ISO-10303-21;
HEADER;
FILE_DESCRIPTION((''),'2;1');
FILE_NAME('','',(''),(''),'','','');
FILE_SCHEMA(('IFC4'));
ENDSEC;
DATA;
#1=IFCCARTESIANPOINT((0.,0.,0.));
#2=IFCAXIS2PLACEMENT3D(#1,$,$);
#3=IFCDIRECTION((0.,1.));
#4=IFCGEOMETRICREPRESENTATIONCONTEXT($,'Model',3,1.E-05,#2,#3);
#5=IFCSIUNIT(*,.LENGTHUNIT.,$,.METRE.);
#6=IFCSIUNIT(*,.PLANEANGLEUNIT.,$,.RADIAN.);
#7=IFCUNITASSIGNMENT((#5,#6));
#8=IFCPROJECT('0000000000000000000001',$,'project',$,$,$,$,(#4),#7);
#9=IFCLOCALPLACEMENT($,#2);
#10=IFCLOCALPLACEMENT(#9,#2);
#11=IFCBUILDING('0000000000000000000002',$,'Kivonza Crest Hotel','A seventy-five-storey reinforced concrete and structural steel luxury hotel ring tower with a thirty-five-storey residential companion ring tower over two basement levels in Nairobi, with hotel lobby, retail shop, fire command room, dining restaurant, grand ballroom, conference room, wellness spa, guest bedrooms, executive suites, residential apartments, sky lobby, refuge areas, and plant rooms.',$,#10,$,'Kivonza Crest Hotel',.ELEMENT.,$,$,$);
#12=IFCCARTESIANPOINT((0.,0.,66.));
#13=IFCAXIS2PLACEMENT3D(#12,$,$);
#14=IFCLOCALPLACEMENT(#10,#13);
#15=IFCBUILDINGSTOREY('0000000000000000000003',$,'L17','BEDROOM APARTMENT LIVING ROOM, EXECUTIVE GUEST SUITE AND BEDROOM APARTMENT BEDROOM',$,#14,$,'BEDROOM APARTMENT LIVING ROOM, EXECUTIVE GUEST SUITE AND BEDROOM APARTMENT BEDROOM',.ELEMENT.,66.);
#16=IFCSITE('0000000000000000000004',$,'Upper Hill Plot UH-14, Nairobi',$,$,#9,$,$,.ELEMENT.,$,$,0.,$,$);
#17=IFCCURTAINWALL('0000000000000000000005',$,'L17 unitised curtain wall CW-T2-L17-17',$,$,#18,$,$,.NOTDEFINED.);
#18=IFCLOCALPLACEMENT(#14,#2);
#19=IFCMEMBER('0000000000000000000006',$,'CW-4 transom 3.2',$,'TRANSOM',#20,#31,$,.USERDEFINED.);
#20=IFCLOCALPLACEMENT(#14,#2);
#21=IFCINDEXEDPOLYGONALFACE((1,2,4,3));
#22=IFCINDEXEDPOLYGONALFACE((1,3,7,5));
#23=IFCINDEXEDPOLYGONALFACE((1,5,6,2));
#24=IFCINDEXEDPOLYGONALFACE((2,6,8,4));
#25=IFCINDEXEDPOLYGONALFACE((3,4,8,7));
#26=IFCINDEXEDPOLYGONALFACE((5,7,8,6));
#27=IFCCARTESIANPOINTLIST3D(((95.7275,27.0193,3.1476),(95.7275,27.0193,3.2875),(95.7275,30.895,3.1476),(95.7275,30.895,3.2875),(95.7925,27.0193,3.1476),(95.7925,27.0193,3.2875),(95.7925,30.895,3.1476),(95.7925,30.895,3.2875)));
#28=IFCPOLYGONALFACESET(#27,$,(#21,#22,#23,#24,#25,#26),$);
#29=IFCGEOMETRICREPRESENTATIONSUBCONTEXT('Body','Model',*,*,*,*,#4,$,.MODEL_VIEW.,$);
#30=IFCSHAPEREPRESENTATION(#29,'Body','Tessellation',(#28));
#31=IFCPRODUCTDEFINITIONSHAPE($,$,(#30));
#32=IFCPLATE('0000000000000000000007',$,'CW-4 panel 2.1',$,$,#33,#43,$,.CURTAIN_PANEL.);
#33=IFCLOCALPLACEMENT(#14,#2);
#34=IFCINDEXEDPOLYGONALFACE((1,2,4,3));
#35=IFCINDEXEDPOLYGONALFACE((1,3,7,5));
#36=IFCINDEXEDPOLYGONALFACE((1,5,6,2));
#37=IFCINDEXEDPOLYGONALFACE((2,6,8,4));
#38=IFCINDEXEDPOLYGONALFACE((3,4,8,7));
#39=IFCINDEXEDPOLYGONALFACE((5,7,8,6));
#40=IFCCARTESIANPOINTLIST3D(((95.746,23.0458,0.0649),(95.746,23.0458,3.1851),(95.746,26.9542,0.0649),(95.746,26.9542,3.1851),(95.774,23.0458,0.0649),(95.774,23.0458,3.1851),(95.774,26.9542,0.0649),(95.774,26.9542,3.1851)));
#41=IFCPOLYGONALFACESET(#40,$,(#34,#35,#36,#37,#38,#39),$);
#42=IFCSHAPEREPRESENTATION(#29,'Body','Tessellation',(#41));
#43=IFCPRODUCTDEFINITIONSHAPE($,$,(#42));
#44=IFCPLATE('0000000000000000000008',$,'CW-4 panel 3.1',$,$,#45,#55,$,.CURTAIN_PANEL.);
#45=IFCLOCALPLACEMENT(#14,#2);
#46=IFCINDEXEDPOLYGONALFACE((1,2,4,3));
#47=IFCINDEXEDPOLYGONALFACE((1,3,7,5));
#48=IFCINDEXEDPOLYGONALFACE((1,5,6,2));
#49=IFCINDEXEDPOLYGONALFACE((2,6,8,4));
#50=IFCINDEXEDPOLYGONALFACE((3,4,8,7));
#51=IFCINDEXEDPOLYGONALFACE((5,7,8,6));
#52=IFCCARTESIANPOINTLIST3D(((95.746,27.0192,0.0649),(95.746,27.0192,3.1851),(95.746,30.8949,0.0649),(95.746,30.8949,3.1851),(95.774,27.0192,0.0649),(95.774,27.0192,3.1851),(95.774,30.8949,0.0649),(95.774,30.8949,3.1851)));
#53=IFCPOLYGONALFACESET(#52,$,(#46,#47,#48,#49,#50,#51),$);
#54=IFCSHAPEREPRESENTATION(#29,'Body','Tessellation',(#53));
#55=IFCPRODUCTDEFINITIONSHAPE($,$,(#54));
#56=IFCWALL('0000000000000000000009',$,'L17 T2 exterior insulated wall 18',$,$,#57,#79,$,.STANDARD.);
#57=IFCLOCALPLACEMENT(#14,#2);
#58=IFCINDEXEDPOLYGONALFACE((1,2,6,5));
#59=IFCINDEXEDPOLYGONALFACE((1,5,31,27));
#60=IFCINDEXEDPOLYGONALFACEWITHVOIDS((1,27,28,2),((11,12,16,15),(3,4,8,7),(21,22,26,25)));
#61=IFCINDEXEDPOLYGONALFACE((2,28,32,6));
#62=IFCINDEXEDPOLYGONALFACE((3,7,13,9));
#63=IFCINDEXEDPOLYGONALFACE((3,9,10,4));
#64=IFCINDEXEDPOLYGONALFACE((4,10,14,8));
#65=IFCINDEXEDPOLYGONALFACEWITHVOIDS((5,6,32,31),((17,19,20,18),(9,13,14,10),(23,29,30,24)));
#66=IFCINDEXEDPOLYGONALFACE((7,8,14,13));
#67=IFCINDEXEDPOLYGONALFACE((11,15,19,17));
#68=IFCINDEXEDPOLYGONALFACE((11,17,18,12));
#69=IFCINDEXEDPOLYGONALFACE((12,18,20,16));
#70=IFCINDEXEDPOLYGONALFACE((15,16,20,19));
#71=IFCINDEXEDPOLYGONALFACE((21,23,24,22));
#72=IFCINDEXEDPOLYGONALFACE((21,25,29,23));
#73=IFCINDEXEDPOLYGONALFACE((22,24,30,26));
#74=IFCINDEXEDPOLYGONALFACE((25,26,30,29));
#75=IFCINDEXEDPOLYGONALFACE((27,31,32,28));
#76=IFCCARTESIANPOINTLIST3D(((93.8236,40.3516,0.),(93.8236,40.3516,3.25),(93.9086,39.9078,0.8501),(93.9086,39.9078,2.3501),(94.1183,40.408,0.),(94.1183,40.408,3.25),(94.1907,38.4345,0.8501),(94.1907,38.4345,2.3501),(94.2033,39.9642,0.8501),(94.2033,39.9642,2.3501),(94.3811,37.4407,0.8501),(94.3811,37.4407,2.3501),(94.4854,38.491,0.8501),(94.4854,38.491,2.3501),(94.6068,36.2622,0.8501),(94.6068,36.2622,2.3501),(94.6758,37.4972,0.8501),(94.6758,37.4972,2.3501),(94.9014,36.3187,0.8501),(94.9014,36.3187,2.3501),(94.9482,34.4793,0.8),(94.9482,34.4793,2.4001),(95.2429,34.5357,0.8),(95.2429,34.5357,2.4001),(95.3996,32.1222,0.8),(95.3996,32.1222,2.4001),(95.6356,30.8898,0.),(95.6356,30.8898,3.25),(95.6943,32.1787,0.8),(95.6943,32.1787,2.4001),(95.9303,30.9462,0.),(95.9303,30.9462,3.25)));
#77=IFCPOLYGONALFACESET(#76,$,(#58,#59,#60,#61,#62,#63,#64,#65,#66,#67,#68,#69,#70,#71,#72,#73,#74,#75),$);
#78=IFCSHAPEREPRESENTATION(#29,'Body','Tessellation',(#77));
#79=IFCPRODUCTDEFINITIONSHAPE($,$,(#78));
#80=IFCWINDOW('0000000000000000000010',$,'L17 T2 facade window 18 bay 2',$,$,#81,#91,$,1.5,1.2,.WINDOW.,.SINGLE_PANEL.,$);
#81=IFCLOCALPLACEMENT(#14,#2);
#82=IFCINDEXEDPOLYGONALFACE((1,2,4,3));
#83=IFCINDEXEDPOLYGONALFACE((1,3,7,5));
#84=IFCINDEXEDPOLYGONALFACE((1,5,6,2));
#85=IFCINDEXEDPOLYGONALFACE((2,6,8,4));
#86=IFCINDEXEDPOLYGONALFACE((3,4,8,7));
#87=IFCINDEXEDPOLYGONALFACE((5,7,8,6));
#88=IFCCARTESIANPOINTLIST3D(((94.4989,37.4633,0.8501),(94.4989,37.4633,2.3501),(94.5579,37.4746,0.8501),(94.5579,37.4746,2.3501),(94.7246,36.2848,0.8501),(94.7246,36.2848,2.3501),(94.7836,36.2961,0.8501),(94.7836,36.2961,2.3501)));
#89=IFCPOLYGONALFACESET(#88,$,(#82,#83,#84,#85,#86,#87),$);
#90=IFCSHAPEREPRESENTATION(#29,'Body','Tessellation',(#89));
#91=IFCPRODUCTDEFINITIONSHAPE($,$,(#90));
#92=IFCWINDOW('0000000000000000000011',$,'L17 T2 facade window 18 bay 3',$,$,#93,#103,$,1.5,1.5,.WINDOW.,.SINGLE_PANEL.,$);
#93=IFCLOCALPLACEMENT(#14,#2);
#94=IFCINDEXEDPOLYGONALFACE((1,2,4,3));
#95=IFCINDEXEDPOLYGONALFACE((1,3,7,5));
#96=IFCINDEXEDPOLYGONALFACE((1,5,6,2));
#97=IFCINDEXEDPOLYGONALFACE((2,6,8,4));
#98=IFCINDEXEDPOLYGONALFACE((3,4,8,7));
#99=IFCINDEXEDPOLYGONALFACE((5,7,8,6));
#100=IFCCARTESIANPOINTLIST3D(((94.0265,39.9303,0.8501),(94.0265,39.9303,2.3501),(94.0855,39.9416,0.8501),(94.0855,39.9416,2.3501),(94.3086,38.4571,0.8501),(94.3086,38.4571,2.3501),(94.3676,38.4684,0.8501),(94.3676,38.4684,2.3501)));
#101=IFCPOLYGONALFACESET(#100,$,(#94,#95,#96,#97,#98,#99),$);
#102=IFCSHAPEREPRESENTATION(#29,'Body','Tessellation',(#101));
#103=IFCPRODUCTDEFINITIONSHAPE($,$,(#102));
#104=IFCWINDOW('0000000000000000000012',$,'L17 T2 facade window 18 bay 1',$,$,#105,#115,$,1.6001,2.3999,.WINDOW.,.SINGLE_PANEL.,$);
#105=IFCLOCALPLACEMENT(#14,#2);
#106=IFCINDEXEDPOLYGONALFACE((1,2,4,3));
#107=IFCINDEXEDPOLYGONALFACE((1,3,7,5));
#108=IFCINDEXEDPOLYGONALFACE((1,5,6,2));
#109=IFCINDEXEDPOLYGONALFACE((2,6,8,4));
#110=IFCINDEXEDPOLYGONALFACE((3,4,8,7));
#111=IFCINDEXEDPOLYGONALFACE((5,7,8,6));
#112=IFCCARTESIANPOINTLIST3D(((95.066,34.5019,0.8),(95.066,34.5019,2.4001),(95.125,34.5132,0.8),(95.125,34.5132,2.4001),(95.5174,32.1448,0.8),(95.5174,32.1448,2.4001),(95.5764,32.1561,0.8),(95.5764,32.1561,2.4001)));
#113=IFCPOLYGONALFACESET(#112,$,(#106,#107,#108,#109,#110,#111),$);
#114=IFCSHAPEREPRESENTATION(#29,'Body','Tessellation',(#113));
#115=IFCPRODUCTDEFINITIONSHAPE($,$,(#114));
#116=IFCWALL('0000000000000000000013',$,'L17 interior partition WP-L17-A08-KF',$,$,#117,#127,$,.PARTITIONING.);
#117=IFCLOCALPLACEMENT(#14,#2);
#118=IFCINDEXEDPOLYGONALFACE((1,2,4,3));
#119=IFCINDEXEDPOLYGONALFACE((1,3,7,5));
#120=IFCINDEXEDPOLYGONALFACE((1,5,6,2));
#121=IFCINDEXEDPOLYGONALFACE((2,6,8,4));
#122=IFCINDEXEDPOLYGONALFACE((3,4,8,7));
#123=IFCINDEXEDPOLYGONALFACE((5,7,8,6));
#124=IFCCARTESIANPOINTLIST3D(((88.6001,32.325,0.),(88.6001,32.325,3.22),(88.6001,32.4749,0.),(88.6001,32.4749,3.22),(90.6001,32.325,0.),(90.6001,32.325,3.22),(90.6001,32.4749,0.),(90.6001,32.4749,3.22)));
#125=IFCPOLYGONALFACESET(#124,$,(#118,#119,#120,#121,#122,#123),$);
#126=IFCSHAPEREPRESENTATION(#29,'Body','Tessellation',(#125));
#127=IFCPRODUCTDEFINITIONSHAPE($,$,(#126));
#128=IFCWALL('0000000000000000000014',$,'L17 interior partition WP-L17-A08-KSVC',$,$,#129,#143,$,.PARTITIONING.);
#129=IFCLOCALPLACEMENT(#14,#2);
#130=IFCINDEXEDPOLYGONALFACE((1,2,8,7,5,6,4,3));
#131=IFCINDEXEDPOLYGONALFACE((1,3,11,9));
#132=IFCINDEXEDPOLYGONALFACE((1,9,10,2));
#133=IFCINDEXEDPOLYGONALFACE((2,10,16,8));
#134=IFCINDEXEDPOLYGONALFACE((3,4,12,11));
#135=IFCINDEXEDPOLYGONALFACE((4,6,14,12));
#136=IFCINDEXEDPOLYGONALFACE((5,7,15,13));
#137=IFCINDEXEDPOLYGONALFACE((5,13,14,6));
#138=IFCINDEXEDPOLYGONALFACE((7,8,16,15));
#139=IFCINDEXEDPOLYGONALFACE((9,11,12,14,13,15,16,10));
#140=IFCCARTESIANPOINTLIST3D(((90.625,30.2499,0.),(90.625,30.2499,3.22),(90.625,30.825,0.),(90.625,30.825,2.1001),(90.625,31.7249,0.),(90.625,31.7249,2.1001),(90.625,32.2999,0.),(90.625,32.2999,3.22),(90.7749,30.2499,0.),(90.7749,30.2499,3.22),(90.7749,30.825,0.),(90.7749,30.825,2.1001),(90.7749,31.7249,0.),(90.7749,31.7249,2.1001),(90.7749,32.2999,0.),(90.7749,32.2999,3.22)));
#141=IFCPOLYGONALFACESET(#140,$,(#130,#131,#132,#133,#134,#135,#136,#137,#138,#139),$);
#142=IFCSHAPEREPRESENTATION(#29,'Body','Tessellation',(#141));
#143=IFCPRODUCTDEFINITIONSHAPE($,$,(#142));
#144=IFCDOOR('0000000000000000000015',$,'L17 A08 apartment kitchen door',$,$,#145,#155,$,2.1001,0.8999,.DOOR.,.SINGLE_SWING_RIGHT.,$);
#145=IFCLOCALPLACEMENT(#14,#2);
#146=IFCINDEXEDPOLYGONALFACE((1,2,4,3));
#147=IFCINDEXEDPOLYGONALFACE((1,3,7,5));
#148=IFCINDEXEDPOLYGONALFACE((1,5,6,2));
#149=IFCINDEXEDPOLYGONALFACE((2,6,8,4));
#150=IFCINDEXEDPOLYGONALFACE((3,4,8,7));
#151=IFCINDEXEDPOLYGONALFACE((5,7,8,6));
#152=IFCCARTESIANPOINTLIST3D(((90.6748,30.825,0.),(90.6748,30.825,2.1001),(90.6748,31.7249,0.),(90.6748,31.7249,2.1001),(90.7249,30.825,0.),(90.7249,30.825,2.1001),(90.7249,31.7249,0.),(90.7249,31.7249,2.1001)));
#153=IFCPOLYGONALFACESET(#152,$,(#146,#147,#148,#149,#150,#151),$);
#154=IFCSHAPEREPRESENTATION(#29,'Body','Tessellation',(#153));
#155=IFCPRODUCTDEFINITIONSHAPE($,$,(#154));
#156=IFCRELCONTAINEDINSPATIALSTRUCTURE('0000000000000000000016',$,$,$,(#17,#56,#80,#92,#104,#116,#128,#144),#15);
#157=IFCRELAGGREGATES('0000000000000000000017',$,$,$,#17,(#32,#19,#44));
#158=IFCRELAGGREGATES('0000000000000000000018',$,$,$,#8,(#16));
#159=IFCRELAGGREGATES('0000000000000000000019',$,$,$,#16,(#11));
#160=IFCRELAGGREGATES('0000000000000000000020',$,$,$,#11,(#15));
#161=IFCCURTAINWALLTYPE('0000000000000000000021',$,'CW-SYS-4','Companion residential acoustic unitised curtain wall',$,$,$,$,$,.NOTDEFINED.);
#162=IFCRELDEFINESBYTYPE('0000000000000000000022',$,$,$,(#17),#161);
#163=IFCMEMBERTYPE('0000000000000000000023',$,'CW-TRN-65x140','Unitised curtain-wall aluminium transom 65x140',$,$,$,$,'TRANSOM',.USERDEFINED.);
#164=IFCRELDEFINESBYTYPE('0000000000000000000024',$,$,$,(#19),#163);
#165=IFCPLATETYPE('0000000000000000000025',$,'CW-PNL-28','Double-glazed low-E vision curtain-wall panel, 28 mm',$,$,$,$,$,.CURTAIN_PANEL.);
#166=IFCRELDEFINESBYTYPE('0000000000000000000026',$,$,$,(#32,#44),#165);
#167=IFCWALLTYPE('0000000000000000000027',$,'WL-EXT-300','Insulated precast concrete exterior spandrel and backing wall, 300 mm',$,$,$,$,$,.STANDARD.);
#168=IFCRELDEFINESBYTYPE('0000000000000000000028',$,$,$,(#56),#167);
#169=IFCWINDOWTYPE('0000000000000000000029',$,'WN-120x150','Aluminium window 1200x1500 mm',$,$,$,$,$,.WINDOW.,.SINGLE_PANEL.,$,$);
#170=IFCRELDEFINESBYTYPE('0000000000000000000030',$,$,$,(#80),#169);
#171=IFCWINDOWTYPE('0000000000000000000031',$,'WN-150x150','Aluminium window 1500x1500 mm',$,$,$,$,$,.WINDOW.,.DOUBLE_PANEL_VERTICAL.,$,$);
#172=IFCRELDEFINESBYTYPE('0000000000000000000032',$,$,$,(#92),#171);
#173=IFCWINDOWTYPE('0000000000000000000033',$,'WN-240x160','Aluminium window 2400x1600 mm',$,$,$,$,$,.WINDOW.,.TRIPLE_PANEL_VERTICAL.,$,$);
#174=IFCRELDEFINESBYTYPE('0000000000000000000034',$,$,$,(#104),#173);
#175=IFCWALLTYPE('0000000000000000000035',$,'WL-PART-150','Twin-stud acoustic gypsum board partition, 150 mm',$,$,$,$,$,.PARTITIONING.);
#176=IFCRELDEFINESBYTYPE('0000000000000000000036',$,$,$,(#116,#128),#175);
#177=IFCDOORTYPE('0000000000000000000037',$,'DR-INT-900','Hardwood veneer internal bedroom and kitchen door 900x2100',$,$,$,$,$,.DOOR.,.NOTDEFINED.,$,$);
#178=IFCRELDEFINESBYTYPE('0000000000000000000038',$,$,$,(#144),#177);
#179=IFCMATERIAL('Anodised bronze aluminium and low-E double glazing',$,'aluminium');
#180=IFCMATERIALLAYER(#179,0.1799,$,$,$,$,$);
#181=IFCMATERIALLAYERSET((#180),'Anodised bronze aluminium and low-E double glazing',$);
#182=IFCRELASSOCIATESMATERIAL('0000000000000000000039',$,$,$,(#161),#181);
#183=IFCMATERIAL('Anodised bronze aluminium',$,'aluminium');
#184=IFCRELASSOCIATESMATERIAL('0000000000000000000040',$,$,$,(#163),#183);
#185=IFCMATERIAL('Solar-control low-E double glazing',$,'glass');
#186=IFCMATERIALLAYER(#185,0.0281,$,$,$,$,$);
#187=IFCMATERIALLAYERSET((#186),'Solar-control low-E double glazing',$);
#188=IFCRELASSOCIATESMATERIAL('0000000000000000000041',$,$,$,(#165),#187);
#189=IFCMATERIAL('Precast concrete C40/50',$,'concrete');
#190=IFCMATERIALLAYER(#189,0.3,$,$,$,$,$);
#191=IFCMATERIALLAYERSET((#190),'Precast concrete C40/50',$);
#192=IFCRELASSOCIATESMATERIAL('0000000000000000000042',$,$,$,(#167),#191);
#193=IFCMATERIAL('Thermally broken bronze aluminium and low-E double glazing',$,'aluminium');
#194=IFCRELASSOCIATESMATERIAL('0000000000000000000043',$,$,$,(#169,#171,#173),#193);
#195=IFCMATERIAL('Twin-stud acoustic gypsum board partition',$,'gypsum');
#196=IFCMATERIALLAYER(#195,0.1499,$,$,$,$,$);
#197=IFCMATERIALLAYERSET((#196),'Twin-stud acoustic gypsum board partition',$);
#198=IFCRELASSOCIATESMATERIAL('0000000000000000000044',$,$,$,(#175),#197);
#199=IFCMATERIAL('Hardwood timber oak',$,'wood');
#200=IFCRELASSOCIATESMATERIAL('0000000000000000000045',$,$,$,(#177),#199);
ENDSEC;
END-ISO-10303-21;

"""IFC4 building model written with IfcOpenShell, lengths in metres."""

from ifc_helpers import new_model, si_unit, direction, frame, frame_2d, origin, origin_2d, place, context, subcontext, project, spatial, rectangle, extrude, material, layer, layer_set, material_profile, profile_set, type_object, element, fill, aggregate, save


model = new_model("IFC4")

# Units and contexts
model_context = context("Model", 3, precision=1e-05, world=origin(), true_north=direction((0.0, 1.0)))
body_context = subcontext(model_context, "Body", "Model", "MODEL_VIEW")
ifc_project = project(units=[si_unit("LENGTHUNIT", "METRE"), si_unit("PLANEANGLEUNIT", "RADIAN")], contexts=[model_context])

# Site, building, storey
site_placement = place(None, origin())
site = spatial("IfcSite", under=ifc_project, at=site_placement, Name="Upper Hill Plot UH-14, Nairobi", CompositionType="ELEMENT", RefElevation=0.0)
building_placement = place(site_placement, origin())
building = spatial("IfcBuilding", under=site, at=building_placement, Name="Kivonza Crest Hotel", Description="A seventy-five-storey reinforced concrete and structural steel luxury hotel ring tower with a thirty-five-storey residential companion ring tower over two basement levels in Nairobi, with hotel lobby, retail shop, fire command room, dining restaurant, grand ballroom, conference room, wellness spa, guest bedrooms, executive suites, residential apartments, sky lobby, refuge areas, and plant rooms.", LongName="Kivonza Crest Hotel", CompositionType="ELEMENT")
storey_placement = place(building_placement, frame((0.0, 0.0, 66.0)))
storey = spatial("IfcBuildingStorey", under=building, at=storey_placement, Name="L17", Description="BEDROOM APARTMENT LIVING ROOM, EXECUTIVE GUEST SUITE AND BEDROOM APARTMENT BEDROOM", LongName="BEDROOM APARTMENT LIVING ROOM, EXECUTIVE GUEST SUITE AND BEDROOM APARTMENT BEDROOM", CompositionType="ELEMENT", Elevation=66.0)

# Curtain wall, member, plates
ifc_material_1 = material(Name="Anodised bronze aluminium and low-E double glazing", Category="aluminium")
ifc_layer_1 = layer(ifc_material_1, 0.1799)
ifc_layer_set_1 = layer_set([ifc_layer_1], Name="Anodised bronze aluminium and low-E double glazing")
curtain_wall_type = type_object("IfcCurtainWallType", Name="CW-SYS-4", Description="Companion residential acoustic unitised curtain wall", PredefinedType="NOTDEFINED", material=ifc_layer_set_1)
curtain_wall_placement = place(storey_placement, origin())
curtain_wall = element("IfcCurtainWall", 1, at=curtain_wall_placement, inside=storey, type_object=curtain_wall_type, Name="L17 unitised curtain wall CW-T2-L17-17", PredefinedType="NOTDEFINED")
ifc_material_2 = material(Name="Anodised bronze aluminium", Category="aluminium")
ifc_material_profile_1 = material_profile(ifc_material_2, rectangle(XDim=0.0649, YDim=0.1399, at=origin_2d()), Name="CW-T 65x140")
ifc_profile_set_1 = profile_set([ifc_material_profile_1], Name="Anodised bronze aluminium")
member_type_1 = type_object("IfcMemberType", Name="CW-TRN-65x140", Description="Unitised curtain-wall aluminium transom 65x140", ElementType="TRANSOM", PredefinedType="USERDEFINED", material=ifc_profile_set_1)
member_1_placement = place(storey_placement, frame((95.76, 27.0193, 3.2175), z_axis=(0.0, 1.0, 0.0), x_axis=(-1.0, 0.0, 0.0)))
member_1 = element("IfcMember", 2, at=member_1_placement, type_object=member_type_1, Name="CW-4 transom 3.2", ObjectType="TRANSOM", PredefinedType="USERDEFINED", context=body_context, shape_type="SweptSolid", body=[
    extrude(rectangle(XDim=0.0649, YDim=0.1399, at=origin_2d()), origin(), (0.0, 0.0, 1.0), 3.8757),
])
ifc_material_3 = material(Name="Solar-control low-E double glazing", Category="glass")
ifc_layer_2 = layer(ifc_material_3, 0.0281)
ifc_layer_set_2 = layer_set([ifc_layer_2], Name="Solar-control low-E double glazing")
plate_type = type_object("IfcPlateType", Name="CW-PNL-28", Description="Double-glazed low-E vision curtain-wall panel, 28 mm", PredefinedType="CURTAIN_PANEL", material=ifc_layer_set_2)
plate_1_placement = place(storey_placement, frame((95.76, 25.0, 0.0649), z_axis=(0.0, 0.0, 1.0), x_axis=(0.0, 1.0, 0.0)))
plate_1 = element("IfcPlate", 3, at=plate_1_placement, type_object=plate_type, Name="CW-4 panel 2.1", PredefinedType="CURTAIN_PANEL", context=body_context, shape_type="SweptSolid", body=[
    extrude(rectangle(XDim=3.9084, YDim=0.0281, at=origin_2d()), origin(), (0.0, 0.0, 1.0), 3.1201),
])
plate_2_placement = place(storey_placement, frame((95.76, 28.957, 0.0649), z_axis=(0.0, 0.0, 1.0), x_axis=(0.0, 1.0, 0.0)))
plate_2 = element("IfcPlate", 4, at=plate_2_placement, type_object=plate_type, Name="CW-4 panel 3.1", PredefinedType="CURTAIN_PANEL", context=body_context, shape_type="SweptSolid", body=[
    extrude(rectangle(XDim=3.8757, YDim=0.0281, at=origin_2d()), origin(), (0.0, 0.0, 1.0), 3.1201),
])
aggregate(curtain_wall, [plate_1, member_1, plate_2])

# Wall, openings, windows
ifc_material_4 = material(Name="Precast concrete C40/50", Category="concrete")
ifc_layer_3 = layer(ifc_material_4, 0.3)
ifc_layer_set_3 = layer_set([ifc_layer_3], Name="Precast concrete C40/50")
wall_type_1 = type_object("IfcWallType", Name="WL-EXT-300", Description="Insulated precast concrete exterior spandrel and backing wall, 300 mm", PredefinedType="STANDARD", material=ifc_layer_set_3)
wall_1_placement = place(storey_placement, frame((95.783, 30.918, 0.0), z_axis=(0.0, 0.0, 1.0), x_axis=(-0.188088, 0.982152, 0.0)))
wall_1 = element("IfcWall", 5, at=wall_1_placement, inside=storey, type_object=wall_type_1, Name="L17 T2 exterior insulated wall 18", PredefinedType="STANDARD", context=body_context, shape_type="SweptSolid", body=[
    extrude(rectangle(XDim=9.6338, YDim=0.3, at=frame_2d((4.8169, 0.0))), origin(), (0.0, 0.0, 1.0), 3.25),
])
opening_1_placement = place(wall_1_placement, frame((1.2549, 0.0, 0.8)))
opening_1 = element("IfcOpeningElement", 6, at=opening_1_placement, cuts=wall_1, PredefinedType="OPENING", context=body_context, shape_type="SweptSolid", body=[
    extrude(rectangle(XDim=2.3999, YDim=1.6001, at=frame_2d((1.2, 0.8))), frame((0.0, 0.1602, 0.0), z_axis=(0.0, -1.0, 0.0), x_axis=(1.0, 0.0, 0.0)), (0.0, 0.0, 1.0), 0.3201),
])
opening_2_placement = place(wall_1_placement, frame((5.47, 0.0, 0.8501)))
opening_2 = element("IfcOpeningElement", 7, at=opening_2_placement, cuts=wall_1, PredefinedType="OPENING", context=body_context, shape_type="SweptSolid", body=[
    extrude(rectangle(XDim=1.2, YDim=1.5, at=frame_2d((0.6001, 0.75))), frame((0.0, 0.1602, 0.0), z_axis=(0.0, -1.0, 0.0), x_axis=(1.0, 0.0, 0.0)), (0.0, 0.0, 1.0), 0.3201),
])
opening_3_placement = place(wall_1_placement, frame((7.6819, 0.0, 0.8501)))
opening_3 = element("IfcOpeningElement", 8, at=opening_3_placement, cuts=wall_1, PredefinedType="OPENING", context=body_context, shape_type="SweptSolid", body=[
    extrude(rectangle(XDim=1.5, YDim=1.5, at=frame_2d((0.75, 0.75))), frame((0.0, 0.1602, 0.0), z_axis=(0.0, -1.0, 0.0), x_axis=(1.0, 0.0, 0.0)), (0.0, 0.0, 1.0), 0.3201),
])
ifc_material_5 = material(Name="Thermally broken bronze aluminium and low-E double glazing", Category="aluminium")
window_type_1 = type_object("IfcWindowType", Name="WN-120x150", Description="Aluminium window 1200x1500 mm", PartitioningType="SINGLE_PANEL", PredefinedType="WINDOW", material=ifc_material_5)
window_1_placement = place(opening_2_placement, origin())
window_1 = element("IfcWindow", 9, at=window_1_placement, inside=storey, type_object=window_type_1, Name="L17 T2 facade window 18 bay 2", OverallHeight=1.5, OverallWidth=1.2, PartitioningType="SINGLE_PANEL", PredefinedType="WINDOW", context=body_context, shape_type="SweptSolid", body=[
    extrude(rectangle(XDim=1.2, YDim=1.5, at=frame_2d((0.6001, 0.75))), frame((0.0, 0.03, 0.0), z_axis=(0.0, -1.0, 0.0), x_axis=(1.0, 0.0, 0.0)), (0.0, 0.0, 1.0), 0.0601),
])
fill(opening_2, window_1)
window_type_2 = type_object("IfcWindowType", Name="WN-150x150", Description="Aluminium window 1500x1500 mm", PartitioningType="DOUBLE_PANEL_VERTICAL", PredefinedType="WINDOW", material=ifc_material_5)
window_2_placement = place(opening_3_placement, origin())
window_2 = element("IfcWindow", 10, at=window_2_placement, inside=storey, type_object=window_type_2, Name="L17 T2 facade window 18 bay 3", OverallHeight=1.5, OverallWidth=1.5, PartitioningType="SINGLE_PANEL", PredefinedType="WINDOW", context=body_context, shape_type="SweptSolid", body=[
    extrude(rectangle(XDim=1.5, YDim=1.5, at=frame_2d((0.75, 0.75))), frame((0.0, 0.03, 0.0), z_axis=(0.0, -1.0, 0.0), x_axis=(1.0, 0.0, 0.0)), (0.0, 0.0, 1.0), 0.0601),
])
fill(opening_3, window_2)
window_type_3 = type_object("IfcWindowType", Name="WN-240x160", Description="Aluminium window 2400x1600 mm", PartitioningType="TRIPLE_PANEL_VERTICAL", PredefinedType="WINDOW", material=ifc_material_5)
window_3_placement = place(opening_1_placement, origin())
window_3 = element("IfcWindow", 11, at=window_3_placement, inside=storey, type_object=window_type_3, Name="L17 T2 facade window 18 bay 1", OverallHeight=1.6001, OverallWidth=2.3999, PartitioningType="SINGLE_PANEL", PredefinedType="WINDOW", context=body_context, shape_type="SweptSolid", body=[
    extrude(rectangle(XDim=2.3999, YDim=1.6001, at=frame_2d((1.2, 0.8))), frame((0.0, 0.03, 0.0), z_axis=(0.0, -1.0, 0.0), x_axis=(1.0, 0.0, 0.0)), (0.0, 0.0, 1.0), 0.0601),
])
fill(opening_1, window_3)

# Wall
ifc_material_6 = material(Name="Twin-stud acoustic gypsum board partition", Category="gypsum")
ifc_layer_4 = layer(ifc_material_6, 0.1499)
ifc_layer_set_4 = layer_set([ifc_layer_4], Name="Twin-stud acoustic gypsum board partition")
wall_type_2 = type_object("IfcWallType", Name="WL-PART-150", Description="Twin-stud acoustic gypsum board partition, 150 mm", PredefinedType="PARTITIONING", material=ifc_layer_set_4)
wall_2_placement = place(storey_placement, frame((88.6001, 32.3999, 0.0), z_axis=(0.0, 0.0, 1.0), x_axis=(1.0, 0.0, 0.0)))
element("IfcWall", 12, at=wall_2_placement, inside=storey, type_object=wall_type_2, Name="L17 interior partition WP-L17-A08-KF", PredefinedType="PARTITIONING", context=body_context, shape_type="SweptSolid", body=[
    extrude(rectangle(XDim=2.0, YDim=0.1499, at=frame_2d((1.0, 0.0))), origin(), (0.0, 0.0, 1.0), 3.22),
])

# Wall, opening, door
wall_3_placement = place(storey_placement, frame((90.7, 30.25, 0.0), z_axis=(0.0, 0.0, 1.0), x_axis=(0.0, 1.0, 0.0)))
wall_3 = element("IfcWall", 13, at=wall_3_placement, inside=storey, type_object=wall_type_2, Name="L17 interior partition WP-L17-A08-KSVC", PredefinedType="PARTITIONING", context=body_context, shape_type="SweptSolid", body=[
    extrude(rectangle(XDim=2.05, YDim=0.1499, at=frame_2d((1.0249, 0.0))), origin(), (0.0, 0.0, 1.0), 3.22),
])
opening_4_placement = place(wall_3_placement, frame((0.575, 0.0, 0.0)))
opening_4 = element("IfcOpeningElement", 14, at=opening_4_placement, cuts=wall_3, PredefinedType="OPENING", context=body_context, shape_type="SweptSolid", body=[
    extrude(rectangle(XDim=0.8999, YDim=2.1001, at=frame_2d((0.45, 1.05))), frame((0.0, 0.085, 0.0), z_axis=(0.0, -1.0, 0.0), x_axis=(1.0, 0.0, 0.0)), (0.0, 0.0, 1.0), 0.1699),
])
ifc_material_7 = material(Name="Hardwood timber oak", Category="wood")
door_type_1 = type_object("IfcDoorType", Name="DR-INT-900", Description="Hardwood veneer internal bedroom and kitchen door 900x2100", OperationType="NOTDEFINED", PredefinedType="DOOR", material=ifc_material_7)
door_1_placement = place(opening_4_placement, frame((0.8999, 0.0, 0.0), z_axis=(0.0, 0.0, 1.0), x_axis=(-1.0, 0.0, 0.0)))
door_1 = element("IfcDoor", 15, at=door_1_placement, inside=storey, type_object=door_type_1, Name="L17 A08 apartment kitchen door", OperationType="SINGLE_SWING_RIGHT", OverallHeight=2.1001, OverallWidth=0.8999, PredefinedType="DOOR", context=body_context, shape_type="SweptSolid", body=[
    extrude(rectangle(XDim=0.8999, YDim=2.1001, at=frame_2d((0.45, 1.05))), frame((0.0, 0.0249, 0.0), z_axis=(0.0, -1.0, 0.0), x_axis=(1.0, 0.0, 0.0)), (0.0, 0.0, 1.0), 0.05),
])
fill(opening_4, door_1)

save(model, "model.ifc")
